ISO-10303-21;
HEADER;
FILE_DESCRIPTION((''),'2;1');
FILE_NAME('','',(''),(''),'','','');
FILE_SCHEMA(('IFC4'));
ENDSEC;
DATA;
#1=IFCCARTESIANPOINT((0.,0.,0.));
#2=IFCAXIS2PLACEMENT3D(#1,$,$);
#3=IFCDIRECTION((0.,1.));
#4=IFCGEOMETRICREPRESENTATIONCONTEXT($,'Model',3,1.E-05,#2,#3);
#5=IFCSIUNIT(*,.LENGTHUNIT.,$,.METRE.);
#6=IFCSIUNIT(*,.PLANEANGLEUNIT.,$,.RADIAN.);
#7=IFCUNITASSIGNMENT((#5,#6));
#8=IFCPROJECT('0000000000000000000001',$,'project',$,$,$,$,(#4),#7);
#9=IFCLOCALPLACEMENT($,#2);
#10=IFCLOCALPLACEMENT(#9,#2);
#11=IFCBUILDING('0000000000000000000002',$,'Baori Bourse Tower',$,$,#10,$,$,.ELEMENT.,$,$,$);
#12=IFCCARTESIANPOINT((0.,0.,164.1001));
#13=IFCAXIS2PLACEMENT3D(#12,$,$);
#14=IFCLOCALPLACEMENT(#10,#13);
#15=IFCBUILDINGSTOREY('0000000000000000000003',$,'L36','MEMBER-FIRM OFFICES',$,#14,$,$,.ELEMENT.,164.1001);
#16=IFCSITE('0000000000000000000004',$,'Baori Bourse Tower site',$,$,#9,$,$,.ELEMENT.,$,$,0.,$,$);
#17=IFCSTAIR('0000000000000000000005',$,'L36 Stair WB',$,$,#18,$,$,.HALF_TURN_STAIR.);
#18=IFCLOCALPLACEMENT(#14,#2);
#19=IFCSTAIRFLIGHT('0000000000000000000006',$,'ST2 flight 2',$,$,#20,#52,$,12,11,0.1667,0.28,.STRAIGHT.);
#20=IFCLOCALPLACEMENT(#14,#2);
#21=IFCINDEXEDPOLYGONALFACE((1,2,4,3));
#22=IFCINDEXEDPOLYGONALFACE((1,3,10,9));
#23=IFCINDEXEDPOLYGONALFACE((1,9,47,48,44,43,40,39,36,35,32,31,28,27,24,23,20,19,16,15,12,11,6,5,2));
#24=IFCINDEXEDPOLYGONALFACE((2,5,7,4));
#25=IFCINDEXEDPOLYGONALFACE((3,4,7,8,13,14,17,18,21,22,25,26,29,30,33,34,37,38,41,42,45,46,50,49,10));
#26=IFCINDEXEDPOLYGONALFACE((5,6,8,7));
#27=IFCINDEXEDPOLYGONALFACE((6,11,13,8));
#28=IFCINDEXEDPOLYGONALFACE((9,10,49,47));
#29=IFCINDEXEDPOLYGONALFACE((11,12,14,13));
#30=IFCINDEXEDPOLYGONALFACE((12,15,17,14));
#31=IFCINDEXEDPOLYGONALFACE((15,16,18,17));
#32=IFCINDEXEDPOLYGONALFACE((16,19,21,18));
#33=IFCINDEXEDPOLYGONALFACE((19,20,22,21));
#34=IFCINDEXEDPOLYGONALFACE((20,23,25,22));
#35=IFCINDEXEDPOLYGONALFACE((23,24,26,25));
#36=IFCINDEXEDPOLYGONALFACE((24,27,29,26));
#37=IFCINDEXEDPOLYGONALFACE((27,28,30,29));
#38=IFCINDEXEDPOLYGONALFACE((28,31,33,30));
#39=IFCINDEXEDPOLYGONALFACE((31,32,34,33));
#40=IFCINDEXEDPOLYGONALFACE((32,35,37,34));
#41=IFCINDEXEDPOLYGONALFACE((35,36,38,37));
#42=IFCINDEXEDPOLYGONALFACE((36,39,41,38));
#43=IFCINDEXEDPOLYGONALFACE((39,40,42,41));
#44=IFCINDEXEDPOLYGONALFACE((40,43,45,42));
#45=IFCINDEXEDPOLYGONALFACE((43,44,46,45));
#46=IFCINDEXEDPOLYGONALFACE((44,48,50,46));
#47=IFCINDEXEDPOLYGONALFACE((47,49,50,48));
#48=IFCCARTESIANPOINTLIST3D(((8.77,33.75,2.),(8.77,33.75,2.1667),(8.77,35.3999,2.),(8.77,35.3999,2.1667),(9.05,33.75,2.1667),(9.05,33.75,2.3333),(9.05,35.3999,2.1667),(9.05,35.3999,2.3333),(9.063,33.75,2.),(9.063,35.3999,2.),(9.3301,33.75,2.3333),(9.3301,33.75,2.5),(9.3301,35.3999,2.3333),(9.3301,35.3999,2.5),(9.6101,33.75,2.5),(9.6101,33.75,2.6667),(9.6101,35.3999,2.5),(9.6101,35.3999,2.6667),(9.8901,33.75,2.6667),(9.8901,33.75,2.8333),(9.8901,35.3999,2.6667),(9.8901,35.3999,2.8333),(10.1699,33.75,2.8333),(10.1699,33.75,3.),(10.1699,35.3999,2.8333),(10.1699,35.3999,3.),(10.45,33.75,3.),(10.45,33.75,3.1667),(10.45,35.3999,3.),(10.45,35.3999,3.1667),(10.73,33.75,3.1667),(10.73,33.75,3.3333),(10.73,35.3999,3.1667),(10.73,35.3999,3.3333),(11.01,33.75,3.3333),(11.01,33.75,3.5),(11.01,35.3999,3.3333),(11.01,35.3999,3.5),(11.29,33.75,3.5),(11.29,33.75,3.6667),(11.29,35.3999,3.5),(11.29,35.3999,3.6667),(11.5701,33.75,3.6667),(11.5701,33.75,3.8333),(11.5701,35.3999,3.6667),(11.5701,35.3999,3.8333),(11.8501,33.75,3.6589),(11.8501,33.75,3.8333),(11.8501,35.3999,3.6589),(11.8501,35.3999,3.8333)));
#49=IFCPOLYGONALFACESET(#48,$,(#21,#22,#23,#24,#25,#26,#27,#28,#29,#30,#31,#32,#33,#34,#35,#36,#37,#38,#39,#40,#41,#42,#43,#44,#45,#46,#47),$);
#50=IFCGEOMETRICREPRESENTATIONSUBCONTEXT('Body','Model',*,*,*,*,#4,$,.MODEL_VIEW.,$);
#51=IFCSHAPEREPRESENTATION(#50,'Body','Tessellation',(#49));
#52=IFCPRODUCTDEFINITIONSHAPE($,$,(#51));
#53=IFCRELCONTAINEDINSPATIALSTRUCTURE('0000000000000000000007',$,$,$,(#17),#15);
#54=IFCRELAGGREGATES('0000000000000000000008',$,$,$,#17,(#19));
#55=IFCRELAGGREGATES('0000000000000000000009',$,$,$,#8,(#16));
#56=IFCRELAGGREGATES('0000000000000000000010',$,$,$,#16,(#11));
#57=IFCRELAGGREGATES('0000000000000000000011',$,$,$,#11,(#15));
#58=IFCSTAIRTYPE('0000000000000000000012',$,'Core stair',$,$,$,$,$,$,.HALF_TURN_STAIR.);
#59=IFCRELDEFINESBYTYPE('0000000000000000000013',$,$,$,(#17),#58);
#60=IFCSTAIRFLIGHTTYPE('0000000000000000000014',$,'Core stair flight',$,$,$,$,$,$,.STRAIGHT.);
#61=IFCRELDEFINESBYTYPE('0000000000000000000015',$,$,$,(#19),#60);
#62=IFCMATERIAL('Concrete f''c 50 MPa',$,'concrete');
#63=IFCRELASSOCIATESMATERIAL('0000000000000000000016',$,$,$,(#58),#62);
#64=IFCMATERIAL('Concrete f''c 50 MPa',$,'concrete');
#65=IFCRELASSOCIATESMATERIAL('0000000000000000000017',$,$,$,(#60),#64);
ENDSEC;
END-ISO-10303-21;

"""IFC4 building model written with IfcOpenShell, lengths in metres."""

from ifc_helpers import new_model, si_unit, direction, frame, origin, place, context, subcontext, project, spatial, polyline, outline, extrude, material, type_object, element, aggregate, save


model = new_model("IFC4")

# Units and contexts
model_context = context("Model", 3, precision=1e-05, world=origin(), true_north=direction((0.0, 1.0)))
body_context = subcontext(model_context, "Body", "Model", "MODEL_VIEW")
ifc_project = project(units=[si_unit("LENGTHUNIT", "METRE"), si_unit("PLANEANGLEUNIT", "RADIAN")], contexts=[model_context])

# Site, building, storey
site_placement = place(None, origin())
site = spatial("IfcSite", under=ifc_project, at=site_placement, Name="Baori Bourse Tower site", CompositionType="ELEMENT", RefElevation=0.0)
building_placement = place(site_placement, origin())
building = spatial("IfcBuilding", under=site, at=building_placement, Name="Baori Bourse Tower", CompositionType="ELEMENT")
storey_placement = place(building_placement, frame((0.0, 0.0, 164.1001)))
storey = spatial("IfcBuildingStorey", under=building, at=storey_placement, Name="L36", Description="MEMBER-FIRM OFFICES", CompositionType="ELEMENT", Elevation=164.1001)

# Stair, stair flight
ifc_material_1 = material(Name="Concrete f'c 50 MPa", Category="concrete")
stair_type = type_object("IfcStairType", Name="Core stair", PredefinedType="HALF_TURN_STAIR", material=ifc_material_1)
stair_placement = place(storey_placement, origin())
stair = element("IfcStair", 1, at=stair_placement, inside=storey, type_object=stair_type, Name="L36 Stair WB", PredefinedType="HALF_TURN_STAIR")
ifc_material_2 = material(Name="Concrete f'c 50 MPa", Category="concrete")
stair_flight_type = type_object("IfcStairFlightType", Name="Core stair flight", PredefinedType="STRAIGHT", material=ifc_material_2)
stair_flight_1_placement = place(storey_placement, frame((8.77, 34.575, 2.0), z_axis=(0.0, 0.0, 1.0), x_axis=(1.0, 0.0, 0.0)))
stair_flight_1 = element("IfcStairFlight", 2, at=stair_flight_1_placement, type_object=stair_flight_type, Name="ST2 flight 2", NumberOfRisers=12, NumberOfTreads=11, PredefinedType="STRAIGHT", RiserHeight=0.1667, TreadLength=0.28, context=body_context, shape_type="SweptSolid", body=[
    extrude(outline(polyline([(0.0, 0.0), (0.0, 0.1667), (0.28, 0.1667), (0.28, 0.3333), (0.5601, 0.3333), (0.5601, 0.5), (0.8401, 0.5), (0.8401, 0.6667), (1.1201, 0.6667), (1.1201, 0.8333), (1.3999, 0.8333), (1.3999, 1.0), (1.6799, 1.0), (1.6799, 1.1667), (1.96, 1.1667), (1.96, 1.3333), (2.24, 1.3333), (2.24, 1.5), (2.52, 1.5), (2.52, 1.6667), (2.8, 1.6667), (2.8, 1.8333), (3.0801, 1.8333), (3.0801, 2.0), (3.0801, 1.6589), (0.293, 0.0), (0.0, 0.0)])), frame((0.0, 0.825, 0.0), z_axis=(0.0, -1.0, 0.0), x_axis=(1.0, 0.0, 0.0)), (0.0, 0.0, 1.0), 1.6499),
])
aggregate(stair, [stair_flight_1])

save(model, "model.ifc")
